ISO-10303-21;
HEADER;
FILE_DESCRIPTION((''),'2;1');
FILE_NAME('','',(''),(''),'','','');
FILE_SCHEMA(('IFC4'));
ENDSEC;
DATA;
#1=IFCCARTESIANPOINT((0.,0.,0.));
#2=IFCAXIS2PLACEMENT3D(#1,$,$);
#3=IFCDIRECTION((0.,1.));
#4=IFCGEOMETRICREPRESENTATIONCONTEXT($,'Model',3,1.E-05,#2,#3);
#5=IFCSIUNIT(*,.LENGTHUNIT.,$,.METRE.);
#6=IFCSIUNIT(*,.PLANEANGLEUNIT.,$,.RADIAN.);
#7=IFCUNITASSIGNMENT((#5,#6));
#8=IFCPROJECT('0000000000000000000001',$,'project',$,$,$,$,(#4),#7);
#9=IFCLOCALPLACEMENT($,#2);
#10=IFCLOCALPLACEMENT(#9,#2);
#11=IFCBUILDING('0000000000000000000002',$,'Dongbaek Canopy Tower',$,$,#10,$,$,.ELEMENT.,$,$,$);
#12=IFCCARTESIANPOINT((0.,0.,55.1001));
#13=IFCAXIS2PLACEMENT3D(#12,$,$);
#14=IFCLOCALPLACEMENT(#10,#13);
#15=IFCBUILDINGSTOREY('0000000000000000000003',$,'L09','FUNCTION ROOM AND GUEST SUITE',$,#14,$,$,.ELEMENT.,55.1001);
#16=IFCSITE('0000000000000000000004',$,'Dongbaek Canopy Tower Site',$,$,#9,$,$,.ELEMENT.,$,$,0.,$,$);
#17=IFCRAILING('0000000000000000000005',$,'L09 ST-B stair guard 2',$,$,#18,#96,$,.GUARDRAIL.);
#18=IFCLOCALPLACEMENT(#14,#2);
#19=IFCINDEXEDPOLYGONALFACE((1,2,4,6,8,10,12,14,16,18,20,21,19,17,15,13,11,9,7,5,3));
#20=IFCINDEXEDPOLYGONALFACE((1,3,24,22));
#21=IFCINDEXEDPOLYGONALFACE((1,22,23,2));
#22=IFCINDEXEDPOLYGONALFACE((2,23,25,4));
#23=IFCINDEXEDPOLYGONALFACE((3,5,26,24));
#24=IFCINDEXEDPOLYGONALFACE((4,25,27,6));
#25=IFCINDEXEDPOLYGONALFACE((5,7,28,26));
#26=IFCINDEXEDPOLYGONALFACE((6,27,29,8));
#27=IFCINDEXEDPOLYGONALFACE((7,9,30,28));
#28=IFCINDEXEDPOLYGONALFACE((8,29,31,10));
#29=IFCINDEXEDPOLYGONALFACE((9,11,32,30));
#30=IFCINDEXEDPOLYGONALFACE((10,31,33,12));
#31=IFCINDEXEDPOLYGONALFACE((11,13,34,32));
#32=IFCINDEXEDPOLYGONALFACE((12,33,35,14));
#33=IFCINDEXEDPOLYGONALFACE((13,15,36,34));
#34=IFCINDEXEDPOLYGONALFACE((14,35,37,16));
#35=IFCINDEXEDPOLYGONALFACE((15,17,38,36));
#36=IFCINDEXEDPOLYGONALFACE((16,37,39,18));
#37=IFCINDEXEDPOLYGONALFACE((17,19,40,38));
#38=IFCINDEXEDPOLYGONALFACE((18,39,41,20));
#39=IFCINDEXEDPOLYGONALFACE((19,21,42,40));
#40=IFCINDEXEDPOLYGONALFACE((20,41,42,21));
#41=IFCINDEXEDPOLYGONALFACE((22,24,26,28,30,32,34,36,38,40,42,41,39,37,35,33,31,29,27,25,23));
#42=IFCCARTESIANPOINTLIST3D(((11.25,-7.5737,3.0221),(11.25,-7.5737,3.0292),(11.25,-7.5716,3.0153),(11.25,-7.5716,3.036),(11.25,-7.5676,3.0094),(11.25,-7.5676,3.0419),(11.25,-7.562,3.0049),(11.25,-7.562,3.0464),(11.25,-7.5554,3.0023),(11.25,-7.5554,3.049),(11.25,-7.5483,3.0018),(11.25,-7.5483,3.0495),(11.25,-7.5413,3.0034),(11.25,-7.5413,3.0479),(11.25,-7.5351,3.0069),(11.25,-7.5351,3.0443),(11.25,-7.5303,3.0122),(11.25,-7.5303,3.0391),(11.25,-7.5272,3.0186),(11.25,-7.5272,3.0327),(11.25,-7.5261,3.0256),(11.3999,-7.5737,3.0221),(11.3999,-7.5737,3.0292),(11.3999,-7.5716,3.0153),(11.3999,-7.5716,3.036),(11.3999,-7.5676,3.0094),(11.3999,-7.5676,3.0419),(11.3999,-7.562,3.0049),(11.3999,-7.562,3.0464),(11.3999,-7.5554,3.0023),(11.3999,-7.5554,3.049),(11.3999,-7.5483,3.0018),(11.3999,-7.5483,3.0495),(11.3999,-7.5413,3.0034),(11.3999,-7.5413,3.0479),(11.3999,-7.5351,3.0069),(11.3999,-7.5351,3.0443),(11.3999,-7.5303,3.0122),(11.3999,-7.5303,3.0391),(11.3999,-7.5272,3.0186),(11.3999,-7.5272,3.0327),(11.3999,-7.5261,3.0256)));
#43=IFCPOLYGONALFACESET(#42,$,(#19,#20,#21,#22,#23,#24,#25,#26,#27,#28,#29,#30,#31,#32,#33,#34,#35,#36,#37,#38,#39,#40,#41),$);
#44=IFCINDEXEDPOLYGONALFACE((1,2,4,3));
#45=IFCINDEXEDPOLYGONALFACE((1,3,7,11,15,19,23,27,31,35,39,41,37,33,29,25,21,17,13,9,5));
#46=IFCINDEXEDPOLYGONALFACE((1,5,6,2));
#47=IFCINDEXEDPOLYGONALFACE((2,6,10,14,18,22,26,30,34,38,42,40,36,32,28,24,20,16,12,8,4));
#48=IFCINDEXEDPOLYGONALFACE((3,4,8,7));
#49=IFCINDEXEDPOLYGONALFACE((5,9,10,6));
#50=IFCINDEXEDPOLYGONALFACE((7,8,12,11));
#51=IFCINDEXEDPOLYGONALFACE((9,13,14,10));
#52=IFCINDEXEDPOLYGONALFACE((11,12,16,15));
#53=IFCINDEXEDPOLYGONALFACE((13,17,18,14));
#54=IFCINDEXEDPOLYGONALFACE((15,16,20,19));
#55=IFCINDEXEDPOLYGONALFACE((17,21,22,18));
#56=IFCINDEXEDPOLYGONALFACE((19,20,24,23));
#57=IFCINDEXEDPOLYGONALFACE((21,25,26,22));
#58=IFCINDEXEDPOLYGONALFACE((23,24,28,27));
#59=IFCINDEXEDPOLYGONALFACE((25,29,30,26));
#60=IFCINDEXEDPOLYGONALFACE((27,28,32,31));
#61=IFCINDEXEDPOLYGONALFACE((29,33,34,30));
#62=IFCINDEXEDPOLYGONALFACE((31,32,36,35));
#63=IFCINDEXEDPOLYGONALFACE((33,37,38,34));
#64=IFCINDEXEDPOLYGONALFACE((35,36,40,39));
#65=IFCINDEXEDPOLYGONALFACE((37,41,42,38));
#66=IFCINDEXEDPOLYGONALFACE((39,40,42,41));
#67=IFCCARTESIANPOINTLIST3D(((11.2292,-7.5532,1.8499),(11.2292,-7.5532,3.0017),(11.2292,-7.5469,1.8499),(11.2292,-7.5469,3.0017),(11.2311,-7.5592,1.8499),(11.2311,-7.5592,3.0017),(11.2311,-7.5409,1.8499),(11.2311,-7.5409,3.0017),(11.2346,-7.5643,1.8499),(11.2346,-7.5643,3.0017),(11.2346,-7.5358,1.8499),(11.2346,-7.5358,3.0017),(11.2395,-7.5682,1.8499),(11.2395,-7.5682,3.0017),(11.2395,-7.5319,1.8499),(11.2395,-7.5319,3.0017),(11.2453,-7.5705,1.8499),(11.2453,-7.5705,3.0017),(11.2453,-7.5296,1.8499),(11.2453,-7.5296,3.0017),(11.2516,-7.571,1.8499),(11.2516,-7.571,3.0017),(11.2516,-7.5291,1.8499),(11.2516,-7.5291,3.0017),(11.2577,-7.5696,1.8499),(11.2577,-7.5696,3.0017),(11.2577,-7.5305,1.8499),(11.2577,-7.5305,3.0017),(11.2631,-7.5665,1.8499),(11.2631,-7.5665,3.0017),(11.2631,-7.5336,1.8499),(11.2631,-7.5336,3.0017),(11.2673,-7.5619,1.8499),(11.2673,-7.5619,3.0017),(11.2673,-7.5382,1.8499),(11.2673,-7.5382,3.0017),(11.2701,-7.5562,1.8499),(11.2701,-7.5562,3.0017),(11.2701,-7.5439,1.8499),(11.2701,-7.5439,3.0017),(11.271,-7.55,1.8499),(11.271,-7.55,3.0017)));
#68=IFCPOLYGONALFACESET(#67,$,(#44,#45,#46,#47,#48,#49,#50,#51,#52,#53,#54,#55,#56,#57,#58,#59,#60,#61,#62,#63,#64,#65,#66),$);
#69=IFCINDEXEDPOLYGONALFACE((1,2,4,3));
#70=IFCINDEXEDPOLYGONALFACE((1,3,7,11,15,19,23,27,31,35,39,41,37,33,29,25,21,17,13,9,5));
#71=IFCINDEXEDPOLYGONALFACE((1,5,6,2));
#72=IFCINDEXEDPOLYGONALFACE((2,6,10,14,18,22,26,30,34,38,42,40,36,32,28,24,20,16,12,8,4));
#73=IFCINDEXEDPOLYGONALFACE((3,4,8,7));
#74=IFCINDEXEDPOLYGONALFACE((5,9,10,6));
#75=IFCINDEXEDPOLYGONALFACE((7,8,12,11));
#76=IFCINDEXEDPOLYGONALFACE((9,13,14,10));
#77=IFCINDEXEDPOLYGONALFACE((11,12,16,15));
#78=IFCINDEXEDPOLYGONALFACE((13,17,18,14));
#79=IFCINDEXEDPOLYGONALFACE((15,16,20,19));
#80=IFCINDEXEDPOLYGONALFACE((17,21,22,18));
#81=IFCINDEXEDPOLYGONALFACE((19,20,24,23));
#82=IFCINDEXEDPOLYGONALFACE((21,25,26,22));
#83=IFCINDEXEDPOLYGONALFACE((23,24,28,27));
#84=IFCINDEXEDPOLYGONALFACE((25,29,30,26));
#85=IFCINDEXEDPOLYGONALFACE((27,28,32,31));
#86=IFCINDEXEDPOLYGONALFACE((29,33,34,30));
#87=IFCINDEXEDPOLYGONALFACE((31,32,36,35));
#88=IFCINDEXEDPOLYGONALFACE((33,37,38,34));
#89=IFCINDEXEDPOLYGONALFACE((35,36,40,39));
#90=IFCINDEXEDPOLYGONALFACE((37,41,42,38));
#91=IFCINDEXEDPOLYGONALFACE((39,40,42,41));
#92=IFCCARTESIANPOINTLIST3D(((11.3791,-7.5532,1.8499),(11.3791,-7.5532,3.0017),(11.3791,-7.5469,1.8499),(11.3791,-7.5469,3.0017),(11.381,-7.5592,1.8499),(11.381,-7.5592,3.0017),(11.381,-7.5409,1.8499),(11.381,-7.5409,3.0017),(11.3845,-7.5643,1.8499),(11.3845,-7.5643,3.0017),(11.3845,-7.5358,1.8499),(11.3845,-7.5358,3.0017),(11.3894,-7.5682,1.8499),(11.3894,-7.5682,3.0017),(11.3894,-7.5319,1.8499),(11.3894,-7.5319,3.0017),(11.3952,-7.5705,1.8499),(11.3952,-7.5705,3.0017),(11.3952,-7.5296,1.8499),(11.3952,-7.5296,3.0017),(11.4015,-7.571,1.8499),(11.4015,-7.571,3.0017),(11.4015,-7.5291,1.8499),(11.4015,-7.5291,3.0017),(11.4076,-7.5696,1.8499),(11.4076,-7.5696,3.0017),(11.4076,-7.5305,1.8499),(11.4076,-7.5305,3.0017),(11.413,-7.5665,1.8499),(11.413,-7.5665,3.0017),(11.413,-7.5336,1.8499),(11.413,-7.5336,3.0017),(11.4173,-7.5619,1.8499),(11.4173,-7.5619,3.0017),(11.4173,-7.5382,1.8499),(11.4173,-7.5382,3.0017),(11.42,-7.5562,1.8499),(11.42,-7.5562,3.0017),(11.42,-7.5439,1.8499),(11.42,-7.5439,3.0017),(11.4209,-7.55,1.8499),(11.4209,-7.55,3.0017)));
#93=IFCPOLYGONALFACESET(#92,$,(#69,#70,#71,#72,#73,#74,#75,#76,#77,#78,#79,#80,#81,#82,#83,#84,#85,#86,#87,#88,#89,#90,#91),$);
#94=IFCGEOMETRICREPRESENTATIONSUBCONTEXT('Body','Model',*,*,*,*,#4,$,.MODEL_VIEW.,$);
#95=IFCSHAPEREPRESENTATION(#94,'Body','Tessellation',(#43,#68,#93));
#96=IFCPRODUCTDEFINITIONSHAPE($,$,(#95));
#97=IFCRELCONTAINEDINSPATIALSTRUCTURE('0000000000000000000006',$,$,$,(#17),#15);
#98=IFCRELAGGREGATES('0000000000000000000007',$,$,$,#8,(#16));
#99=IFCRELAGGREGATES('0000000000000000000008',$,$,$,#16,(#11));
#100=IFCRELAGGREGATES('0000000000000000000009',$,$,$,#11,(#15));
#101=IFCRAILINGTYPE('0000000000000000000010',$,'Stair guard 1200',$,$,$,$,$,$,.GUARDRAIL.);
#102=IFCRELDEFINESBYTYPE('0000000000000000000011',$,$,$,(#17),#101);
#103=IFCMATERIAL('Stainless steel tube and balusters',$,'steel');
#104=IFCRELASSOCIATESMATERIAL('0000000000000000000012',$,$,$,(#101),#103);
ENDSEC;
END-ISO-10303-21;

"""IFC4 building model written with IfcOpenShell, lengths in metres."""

from ifc_helpers import new_model, si_unit, direction, frame, origin, origin_2d, place, context, subcontext, project, spatial, circle, extrude, material, type_object, element, save


model = new_model("IFC4")

# Units and contexts
model_context = context("Model", 3, precision=1e-05, world=origin(), true_north=direction((0.0, 1.0)))
body_context = subcontext(model_context, "Body", "Model", "MODEL_VIEW")
ifc_project = project(units=[si_unit("LENGTHUNIT", "METRE"), si_unit("PLANEANGLEUNIT", "RADIAN")], contexts=[model_context])

# Site, building, storey
site_placement = place(None, origin())
site = spatial("IfcSite", under=ifc_project, at=site_placement, Name="Dongbaek Canopy Tower Site", CompositionType="ELEMENT", RefElevation=0.0)
building_placement = place(site_placement, origin())
building = spatial("IfcBuilding", under=site, at=building_placement, Name="Dongbaek Canopy Tower", CompositionType="ELEMENT")
storey_placement = place(building_placement, frame((0.0, 0.0, 55.1001)))
storey = spatial("IfcBuildingStorey", under=building, at=storey_placement, Name="L09", Description="FUNCTION ROOM AND GUEST SUITE", CompositionType="ELEMENT", Elevation=55.1001)

# Railing
ifc_material_1 = material(Name="Stainless steel tube and balusters", Category="steel")
railing_type_1 = type_object("IfcRailingType", Name="Stair guard 1200", PredefinedType="GUARDRAIL", material=ifc_material_1)
railing_1_placement = place(storey_placement, frame((11.25, -7.55, 1.8499)))
element("IfcRailing", 1, at=railing_1_placement, inside=storey, type_object=railing_type_1, Name="L09 ST-B stair guard 2", PredefinedType="GUARDRAIL", context=body_context, shape_type="SweptSolid", body=[
    extrude(circle(Radius=0.0239, at=origin_2d()), frame((0.0, 0.0, 1.1758), z_axis=(1.0, 0.0, 0.0), x_axis=(0.0, 1.0, 0.0)), (0.0, 0.0, 1.0), 0.1499),
    extrude(circle(Radius=0.021, at=origin_2d()), origin(), (0.0, 0.0, 1.0), 1.1519),
    extrude(circle(Radius=0.021, at=origin_2d()), frame((0.1499, 0.0, 0.0)), (0.0, 0.0, 1.0), 1.1519),
])

save(model, "model.ifc")
